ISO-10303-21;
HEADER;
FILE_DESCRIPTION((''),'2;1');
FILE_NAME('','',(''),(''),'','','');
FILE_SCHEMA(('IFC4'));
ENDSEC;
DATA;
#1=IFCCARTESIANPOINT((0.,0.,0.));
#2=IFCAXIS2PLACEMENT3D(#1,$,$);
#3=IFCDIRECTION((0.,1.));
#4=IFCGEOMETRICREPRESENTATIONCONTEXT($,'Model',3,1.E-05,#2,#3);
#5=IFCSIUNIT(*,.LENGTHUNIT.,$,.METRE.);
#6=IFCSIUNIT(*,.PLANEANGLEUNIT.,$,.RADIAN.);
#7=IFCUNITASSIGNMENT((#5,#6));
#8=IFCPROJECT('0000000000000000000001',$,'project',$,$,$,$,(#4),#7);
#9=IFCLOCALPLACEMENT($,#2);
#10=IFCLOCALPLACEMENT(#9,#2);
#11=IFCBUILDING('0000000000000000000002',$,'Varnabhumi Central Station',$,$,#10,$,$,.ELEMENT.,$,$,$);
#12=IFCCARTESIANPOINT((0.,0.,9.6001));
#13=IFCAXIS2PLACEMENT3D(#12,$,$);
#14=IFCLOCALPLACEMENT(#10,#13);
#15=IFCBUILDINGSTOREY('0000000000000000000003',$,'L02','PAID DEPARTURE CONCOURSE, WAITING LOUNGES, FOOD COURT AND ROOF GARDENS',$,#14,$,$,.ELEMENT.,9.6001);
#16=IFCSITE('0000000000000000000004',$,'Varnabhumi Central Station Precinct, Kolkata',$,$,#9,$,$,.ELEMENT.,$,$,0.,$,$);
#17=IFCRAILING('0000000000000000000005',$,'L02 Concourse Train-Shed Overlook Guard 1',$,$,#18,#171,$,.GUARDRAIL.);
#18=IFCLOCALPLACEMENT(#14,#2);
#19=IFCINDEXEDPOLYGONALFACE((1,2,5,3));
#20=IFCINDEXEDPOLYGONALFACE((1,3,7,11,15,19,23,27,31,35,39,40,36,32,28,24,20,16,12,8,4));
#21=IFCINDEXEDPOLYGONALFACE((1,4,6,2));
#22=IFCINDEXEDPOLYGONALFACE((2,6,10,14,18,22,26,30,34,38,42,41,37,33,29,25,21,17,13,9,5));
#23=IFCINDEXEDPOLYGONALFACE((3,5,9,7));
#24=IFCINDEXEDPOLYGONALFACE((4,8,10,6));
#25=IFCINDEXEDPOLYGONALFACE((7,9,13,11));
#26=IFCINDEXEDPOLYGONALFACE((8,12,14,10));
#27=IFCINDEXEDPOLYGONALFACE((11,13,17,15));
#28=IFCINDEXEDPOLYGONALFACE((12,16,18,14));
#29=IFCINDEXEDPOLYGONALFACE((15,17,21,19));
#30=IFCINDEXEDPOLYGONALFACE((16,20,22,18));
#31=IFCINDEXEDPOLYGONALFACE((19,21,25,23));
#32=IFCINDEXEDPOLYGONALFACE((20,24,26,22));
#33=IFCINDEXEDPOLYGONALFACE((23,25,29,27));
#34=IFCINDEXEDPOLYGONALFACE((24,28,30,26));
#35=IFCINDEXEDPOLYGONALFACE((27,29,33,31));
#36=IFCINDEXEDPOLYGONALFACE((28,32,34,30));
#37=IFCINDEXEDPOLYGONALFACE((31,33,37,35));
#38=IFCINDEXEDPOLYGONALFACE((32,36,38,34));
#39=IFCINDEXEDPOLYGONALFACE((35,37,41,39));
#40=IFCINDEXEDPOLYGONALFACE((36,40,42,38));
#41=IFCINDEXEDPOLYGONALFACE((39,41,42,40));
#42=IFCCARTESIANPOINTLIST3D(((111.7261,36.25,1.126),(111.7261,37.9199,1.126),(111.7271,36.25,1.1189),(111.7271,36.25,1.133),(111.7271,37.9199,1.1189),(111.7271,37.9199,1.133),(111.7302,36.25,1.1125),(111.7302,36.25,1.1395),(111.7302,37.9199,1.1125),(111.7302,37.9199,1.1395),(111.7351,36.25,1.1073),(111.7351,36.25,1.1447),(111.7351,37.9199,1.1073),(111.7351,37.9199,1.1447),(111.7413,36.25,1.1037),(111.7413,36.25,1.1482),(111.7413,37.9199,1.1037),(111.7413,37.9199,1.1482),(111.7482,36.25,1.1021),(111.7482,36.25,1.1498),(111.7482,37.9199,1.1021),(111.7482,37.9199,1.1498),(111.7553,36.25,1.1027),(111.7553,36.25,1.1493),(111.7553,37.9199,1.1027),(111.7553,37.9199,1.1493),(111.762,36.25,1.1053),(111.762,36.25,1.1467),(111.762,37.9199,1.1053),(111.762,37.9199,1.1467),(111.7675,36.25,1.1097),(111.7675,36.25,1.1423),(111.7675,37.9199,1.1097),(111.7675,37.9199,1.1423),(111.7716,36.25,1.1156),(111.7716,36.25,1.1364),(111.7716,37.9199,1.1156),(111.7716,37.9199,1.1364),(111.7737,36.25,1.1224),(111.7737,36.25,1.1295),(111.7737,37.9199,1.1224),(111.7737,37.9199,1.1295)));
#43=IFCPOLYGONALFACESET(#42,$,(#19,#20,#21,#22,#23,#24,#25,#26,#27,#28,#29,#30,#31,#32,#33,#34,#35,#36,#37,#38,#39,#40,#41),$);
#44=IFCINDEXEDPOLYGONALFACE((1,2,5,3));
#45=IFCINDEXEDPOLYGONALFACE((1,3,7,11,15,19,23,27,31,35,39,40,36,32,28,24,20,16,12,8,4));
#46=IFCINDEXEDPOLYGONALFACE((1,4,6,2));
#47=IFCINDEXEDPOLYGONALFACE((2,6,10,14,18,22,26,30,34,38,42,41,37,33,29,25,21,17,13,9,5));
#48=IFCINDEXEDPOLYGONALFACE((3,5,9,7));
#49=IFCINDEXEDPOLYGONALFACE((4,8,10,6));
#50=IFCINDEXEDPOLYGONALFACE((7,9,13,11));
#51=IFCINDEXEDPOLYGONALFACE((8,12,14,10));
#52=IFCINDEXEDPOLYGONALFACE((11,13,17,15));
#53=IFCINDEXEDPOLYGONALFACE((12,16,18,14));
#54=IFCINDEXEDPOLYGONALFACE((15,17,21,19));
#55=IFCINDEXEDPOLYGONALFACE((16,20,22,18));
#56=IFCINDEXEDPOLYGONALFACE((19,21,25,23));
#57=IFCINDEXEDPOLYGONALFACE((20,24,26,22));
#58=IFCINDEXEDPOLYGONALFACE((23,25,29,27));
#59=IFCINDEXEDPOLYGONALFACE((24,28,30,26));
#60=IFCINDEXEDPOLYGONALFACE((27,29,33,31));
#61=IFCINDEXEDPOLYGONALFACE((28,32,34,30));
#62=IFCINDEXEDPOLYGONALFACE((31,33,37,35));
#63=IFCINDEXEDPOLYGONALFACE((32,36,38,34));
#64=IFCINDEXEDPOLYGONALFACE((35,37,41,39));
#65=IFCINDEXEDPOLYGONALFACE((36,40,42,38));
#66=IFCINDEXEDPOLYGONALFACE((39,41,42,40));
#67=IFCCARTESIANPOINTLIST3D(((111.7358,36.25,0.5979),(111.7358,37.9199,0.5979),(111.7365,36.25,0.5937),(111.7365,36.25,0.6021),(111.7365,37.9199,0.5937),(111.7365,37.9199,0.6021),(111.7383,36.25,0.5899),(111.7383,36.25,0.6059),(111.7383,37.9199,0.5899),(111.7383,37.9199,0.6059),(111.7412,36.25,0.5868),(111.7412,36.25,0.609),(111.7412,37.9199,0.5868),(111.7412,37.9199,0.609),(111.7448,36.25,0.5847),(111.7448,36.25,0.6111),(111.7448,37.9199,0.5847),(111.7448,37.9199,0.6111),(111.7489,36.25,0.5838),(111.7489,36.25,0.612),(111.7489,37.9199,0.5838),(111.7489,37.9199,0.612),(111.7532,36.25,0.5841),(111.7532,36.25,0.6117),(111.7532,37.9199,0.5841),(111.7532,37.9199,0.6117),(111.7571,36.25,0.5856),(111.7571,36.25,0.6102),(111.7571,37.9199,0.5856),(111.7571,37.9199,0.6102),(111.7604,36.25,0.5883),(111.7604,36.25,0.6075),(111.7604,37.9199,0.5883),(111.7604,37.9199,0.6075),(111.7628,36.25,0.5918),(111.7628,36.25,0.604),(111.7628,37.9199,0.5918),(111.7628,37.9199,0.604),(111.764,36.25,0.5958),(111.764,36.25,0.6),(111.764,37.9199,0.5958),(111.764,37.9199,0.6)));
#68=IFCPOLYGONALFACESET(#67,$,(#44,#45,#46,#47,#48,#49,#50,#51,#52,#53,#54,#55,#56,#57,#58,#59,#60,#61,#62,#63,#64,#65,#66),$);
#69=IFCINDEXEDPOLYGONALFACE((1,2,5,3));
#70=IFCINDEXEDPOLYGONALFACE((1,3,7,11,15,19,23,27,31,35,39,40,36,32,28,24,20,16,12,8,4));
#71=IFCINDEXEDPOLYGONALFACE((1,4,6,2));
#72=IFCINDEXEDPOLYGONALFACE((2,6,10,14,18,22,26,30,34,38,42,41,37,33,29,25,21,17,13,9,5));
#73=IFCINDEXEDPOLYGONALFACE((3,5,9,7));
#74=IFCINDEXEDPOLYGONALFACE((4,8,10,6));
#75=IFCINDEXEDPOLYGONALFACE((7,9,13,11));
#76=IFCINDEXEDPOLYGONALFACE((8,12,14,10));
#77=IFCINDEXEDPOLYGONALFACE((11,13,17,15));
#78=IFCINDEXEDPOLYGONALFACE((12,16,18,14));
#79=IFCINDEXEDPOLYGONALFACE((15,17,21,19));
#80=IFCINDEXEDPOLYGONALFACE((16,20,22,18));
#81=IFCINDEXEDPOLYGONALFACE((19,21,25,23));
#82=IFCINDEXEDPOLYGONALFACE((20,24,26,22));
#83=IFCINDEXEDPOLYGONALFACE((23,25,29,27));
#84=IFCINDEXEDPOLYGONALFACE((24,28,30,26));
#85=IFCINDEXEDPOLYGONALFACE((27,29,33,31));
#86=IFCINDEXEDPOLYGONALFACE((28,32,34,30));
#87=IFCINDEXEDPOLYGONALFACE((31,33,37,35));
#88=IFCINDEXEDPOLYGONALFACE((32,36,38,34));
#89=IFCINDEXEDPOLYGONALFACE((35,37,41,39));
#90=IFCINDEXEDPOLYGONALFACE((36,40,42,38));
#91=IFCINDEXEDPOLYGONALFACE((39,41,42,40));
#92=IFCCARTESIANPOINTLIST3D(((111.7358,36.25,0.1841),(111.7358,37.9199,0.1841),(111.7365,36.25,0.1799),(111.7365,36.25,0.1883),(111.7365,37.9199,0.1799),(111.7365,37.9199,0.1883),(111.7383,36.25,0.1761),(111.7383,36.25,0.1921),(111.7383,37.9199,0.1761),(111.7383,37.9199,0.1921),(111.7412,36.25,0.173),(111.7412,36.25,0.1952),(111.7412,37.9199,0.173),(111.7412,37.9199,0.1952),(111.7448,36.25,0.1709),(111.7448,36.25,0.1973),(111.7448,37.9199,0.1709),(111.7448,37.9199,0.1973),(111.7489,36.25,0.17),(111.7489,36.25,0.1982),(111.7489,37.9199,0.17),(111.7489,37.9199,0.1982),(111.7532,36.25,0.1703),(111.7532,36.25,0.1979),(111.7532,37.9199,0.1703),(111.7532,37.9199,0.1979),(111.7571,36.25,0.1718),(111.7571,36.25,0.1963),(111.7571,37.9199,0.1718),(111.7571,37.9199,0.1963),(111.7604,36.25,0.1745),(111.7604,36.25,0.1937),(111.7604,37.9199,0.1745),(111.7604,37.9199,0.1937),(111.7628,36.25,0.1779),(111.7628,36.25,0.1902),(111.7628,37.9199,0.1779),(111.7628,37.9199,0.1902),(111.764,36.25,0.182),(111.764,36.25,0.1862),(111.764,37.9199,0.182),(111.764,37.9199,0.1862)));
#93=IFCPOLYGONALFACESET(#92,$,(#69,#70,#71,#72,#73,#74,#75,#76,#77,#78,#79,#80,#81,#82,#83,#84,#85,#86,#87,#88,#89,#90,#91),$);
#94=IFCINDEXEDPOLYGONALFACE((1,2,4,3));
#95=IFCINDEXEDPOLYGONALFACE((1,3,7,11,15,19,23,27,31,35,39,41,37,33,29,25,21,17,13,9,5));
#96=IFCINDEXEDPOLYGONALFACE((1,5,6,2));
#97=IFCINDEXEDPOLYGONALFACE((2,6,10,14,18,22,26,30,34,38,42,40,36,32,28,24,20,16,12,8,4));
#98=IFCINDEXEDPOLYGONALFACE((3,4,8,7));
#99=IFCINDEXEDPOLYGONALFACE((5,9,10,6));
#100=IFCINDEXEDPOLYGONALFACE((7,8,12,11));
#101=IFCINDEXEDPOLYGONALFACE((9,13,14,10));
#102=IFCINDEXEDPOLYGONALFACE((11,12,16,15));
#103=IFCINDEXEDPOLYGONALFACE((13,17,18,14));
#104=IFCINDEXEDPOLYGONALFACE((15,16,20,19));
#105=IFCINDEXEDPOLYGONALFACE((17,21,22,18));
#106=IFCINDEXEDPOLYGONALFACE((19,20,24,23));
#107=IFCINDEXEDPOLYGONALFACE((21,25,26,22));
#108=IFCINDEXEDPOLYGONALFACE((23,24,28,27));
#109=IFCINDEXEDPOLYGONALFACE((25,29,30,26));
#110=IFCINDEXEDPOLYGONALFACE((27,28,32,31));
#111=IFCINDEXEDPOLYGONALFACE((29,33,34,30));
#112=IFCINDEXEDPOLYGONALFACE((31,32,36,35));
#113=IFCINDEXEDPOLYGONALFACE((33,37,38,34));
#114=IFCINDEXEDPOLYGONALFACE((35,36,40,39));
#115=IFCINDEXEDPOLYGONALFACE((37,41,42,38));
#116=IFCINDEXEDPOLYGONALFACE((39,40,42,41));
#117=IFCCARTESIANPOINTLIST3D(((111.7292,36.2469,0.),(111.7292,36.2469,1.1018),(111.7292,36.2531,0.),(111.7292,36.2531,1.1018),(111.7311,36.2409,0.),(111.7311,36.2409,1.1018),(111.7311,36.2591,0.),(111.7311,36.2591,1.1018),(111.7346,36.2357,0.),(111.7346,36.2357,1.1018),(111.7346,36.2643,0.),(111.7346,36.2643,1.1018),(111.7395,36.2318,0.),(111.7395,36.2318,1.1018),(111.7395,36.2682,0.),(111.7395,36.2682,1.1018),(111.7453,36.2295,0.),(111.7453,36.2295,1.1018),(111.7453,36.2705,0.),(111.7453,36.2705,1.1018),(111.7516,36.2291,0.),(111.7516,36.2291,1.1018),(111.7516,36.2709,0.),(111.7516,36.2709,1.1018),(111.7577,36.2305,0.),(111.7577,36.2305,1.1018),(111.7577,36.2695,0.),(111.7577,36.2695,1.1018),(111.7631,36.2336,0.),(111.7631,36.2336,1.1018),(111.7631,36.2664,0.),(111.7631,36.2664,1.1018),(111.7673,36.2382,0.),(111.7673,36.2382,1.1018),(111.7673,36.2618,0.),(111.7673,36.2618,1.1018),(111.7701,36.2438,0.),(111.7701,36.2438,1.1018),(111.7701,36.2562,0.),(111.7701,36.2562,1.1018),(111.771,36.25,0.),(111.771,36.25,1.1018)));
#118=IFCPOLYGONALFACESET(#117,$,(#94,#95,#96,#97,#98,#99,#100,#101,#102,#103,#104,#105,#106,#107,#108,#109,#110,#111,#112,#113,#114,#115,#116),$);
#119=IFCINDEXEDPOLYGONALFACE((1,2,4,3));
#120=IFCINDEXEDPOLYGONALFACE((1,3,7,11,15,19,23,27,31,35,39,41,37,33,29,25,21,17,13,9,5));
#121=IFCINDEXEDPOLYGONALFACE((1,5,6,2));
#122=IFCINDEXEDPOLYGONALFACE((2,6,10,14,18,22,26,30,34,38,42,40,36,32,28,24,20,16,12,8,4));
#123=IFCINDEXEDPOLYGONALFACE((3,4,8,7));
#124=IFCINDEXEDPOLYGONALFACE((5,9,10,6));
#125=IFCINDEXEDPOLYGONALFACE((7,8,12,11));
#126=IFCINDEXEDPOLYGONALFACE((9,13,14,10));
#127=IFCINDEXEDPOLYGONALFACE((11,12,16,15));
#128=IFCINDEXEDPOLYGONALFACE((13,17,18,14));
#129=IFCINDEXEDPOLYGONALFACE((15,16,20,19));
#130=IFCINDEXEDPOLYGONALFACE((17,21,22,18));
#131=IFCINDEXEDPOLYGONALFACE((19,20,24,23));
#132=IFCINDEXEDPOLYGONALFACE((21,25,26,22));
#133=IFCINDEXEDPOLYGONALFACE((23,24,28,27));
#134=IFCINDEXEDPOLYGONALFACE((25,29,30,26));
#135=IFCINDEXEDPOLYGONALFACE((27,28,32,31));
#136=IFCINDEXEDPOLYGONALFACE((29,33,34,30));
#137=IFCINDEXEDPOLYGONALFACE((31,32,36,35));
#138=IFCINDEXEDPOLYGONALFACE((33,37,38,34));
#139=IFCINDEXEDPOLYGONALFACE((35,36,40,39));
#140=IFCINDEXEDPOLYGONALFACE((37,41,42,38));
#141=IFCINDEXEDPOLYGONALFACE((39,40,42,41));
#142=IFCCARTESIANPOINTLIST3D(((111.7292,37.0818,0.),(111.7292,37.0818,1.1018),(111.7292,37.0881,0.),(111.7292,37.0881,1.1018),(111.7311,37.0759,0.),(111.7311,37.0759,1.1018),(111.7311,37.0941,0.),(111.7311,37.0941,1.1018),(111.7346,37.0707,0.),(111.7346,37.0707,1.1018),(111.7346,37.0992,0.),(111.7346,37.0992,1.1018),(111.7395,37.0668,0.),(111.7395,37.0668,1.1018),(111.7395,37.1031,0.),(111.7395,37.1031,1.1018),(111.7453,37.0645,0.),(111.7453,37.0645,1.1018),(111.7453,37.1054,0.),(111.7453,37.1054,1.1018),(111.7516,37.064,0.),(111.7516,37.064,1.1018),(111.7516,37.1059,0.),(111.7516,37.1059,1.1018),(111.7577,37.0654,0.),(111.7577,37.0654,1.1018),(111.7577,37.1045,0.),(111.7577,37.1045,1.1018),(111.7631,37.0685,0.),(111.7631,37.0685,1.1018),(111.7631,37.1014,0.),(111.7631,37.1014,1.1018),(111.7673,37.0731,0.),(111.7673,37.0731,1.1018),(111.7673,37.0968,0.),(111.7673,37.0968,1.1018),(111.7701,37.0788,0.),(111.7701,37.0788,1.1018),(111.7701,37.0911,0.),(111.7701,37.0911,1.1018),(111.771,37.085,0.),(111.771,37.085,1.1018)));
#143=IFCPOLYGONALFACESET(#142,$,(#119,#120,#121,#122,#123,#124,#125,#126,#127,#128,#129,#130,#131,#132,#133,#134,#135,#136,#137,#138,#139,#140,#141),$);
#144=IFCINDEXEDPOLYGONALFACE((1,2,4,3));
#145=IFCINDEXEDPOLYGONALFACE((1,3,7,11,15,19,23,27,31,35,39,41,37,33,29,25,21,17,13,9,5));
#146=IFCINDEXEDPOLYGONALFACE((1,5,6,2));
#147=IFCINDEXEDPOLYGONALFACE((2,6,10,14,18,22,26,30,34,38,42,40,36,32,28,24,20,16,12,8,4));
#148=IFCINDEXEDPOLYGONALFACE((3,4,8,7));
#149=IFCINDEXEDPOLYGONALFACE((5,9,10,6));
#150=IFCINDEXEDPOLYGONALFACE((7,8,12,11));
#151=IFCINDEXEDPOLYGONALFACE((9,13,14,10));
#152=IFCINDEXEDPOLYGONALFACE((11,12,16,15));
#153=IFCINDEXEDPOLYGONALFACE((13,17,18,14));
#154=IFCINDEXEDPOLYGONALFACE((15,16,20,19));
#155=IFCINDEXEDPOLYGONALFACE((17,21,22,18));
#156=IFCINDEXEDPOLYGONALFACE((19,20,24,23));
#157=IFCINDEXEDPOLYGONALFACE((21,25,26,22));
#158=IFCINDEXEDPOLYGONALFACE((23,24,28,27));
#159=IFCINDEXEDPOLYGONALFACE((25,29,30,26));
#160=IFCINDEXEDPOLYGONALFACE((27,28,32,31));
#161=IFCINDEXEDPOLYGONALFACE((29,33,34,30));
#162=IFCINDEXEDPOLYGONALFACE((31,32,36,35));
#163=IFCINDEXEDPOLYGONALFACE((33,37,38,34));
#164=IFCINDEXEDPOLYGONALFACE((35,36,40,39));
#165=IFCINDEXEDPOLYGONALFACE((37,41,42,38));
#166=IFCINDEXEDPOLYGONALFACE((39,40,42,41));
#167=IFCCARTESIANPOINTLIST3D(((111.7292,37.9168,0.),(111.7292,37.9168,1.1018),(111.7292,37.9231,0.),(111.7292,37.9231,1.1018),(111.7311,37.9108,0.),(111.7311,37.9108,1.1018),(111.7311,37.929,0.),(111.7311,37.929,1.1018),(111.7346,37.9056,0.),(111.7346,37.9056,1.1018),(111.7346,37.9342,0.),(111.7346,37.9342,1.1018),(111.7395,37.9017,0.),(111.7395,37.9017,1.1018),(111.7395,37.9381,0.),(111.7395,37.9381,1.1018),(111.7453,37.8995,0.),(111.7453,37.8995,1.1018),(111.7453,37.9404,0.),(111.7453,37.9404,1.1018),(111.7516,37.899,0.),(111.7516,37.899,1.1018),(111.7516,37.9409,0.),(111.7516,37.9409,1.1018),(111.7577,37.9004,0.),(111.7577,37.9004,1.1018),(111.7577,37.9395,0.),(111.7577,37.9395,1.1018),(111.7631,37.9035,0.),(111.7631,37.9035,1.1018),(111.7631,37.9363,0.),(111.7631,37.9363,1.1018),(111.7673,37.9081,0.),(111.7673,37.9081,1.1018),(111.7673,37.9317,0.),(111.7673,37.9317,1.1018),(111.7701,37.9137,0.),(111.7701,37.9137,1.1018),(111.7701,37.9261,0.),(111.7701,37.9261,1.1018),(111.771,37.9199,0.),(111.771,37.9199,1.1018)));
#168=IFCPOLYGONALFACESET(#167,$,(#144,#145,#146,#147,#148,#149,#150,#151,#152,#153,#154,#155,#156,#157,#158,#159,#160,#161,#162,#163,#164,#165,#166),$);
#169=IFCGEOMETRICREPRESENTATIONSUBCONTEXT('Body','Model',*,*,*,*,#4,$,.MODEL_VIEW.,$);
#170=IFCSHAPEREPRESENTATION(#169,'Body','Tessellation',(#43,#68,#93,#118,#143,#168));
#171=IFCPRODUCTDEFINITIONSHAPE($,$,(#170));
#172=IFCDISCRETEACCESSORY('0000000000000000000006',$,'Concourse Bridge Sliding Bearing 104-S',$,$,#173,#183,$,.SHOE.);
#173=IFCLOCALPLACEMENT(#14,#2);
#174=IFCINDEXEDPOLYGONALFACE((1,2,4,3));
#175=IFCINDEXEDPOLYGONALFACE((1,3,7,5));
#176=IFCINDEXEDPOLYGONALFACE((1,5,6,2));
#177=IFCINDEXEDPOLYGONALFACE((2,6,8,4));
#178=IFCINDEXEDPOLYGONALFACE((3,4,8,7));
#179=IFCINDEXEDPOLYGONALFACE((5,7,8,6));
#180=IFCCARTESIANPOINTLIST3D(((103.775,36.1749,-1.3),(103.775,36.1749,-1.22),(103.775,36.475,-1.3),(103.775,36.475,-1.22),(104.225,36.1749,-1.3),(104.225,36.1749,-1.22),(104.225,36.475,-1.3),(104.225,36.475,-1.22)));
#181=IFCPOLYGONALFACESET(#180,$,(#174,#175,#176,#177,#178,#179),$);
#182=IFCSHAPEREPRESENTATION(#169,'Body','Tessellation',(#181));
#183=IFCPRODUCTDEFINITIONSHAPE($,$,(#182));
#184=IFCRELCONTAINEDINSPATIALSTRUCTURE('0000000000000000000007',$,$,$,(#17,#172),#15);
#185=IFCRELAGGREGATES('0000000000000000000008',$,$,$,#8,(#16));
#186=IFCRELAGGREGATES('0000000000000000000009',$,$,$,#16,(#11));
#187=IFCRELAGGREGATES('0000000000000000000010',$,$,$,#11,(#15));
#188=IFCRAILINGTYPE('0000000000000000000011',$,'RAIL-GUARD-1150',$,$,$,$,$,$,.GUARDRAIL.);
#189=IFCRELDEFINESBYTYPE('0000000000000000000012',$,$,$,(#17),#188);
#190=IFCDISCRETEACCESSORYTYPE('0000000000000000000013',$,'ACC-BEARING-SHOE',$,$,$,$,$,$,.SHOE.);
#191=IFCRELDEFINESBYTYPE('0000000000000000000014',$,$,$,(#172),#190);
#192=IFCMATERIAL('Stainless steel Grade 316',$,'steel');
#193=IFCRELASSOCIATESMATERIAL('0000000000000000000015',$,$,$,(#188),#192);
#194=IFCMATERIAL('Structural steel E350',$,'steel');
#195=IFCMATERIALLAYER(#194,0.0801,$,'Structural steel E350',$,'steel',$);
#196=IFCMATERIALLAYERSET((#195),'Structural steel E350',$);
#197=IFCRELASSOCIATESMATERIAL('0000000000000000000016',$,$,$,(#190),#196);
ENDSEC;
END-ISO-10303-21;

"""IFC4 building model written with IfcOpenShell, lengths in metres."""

from ifc_helpers import new_model, si_unit, direction, frame, origin, origin_2d, place, context, subcontext, project, spatial, rectangle, circle, extrude, material, layer, layer_set, type_object, element, save


model = new_model("IFC4")

# Units and contexts
model_context = context("Model", 3, precision=1e-05, world=origin(), true_north=direction((0.0, 1.0)))
body_context = subcontext(model_context, "Body", "Model", "MODEL_VIEW")
ifc_project = project(units=[si_unit("LENGTHUNIT", "METRE"), si_unit("PLANEANGLEUNIT", "RADIAN")], contexts=[model_context])

# Site, building, storey
site_placement = place(None, origin())
site = spatial("IfcSite", under=ifc_project, at=site_placement, Name="Varnabhumi Central Station Precinct, Kolkata", CompositionType="ELEMENT", RefElevation=0.0)
building_placement = place(site_placement, origin())
building = spatial("IfcBuilding", under=site, at=building_placement, Name="Varnabhumi Central Station", CompositionType="ELEMENT")
storey_placement = place(building_placement, frame((0.0, 0.0, 9.6001)))
storey = spatial("IfcBuildingStorey", under=building, at=storey_placement, Name="L02", Description="PAID DEPARTURE CONCOURSE, WAITING LOUNGES, FOOD COURT AND ROOF GARDENS", CompositionType="ELEMENT", Elevation=9.6001)

# Shared definitions
ifc_material_1 = material(Name="Structural steel E350", Category="steel")

# Railing
ifc_material_2 = material(Name="Stainless steel Grade 316", Category="steel")
railing_type = type_object("IfcRailingType", Name="RAIL-GUARD-1150", PredefinedType="GUARDRAIL", material=ifc_material_2)
railing_1_placement = place(storey_placement, frame((111.75, 36.25, 0.0)))
element("IfcRailing", 1, at=railing_1_placement, inside=storey, type_object=railing_type, Name="L02 Concourse Train-Shed Overlook Guard 1", PredefinedType="GUARDRAIL", context=body_context, shape_type="SweptSolid", body=[
    extrude(circle(Radius=0.0239, at=origin_2d()), frame((0.0, 0.0, 1.126), z_axis=(0.0, 1.0, 0.0), x_axis=(-1.0, 0.0, 0.0)), (0.0, 0.0, 1.0), 1.6699),
    extrude(circle(Radius=0.0142, at=origin_2d()), frame((0.0, 0.0, 0.5979), z_axis=(0.0, 1.0, 0.0), x_axis=(-1.0, 0.0, 0.0)), (0.0, 0.0, 1.0), 1.6699),
    extrude(circle(Radius=0.0142, at=origin_2d()), frame((0.0, 0.0, 0.1841), z_axis=(0.0, 1.0, 0.0), x_axis=(-1.0, 0.0, 0.0)), (0.0, 0.0, 1.0), 1.6699),
    extrude(circle(Radius=0.021, at=origin_2d()), origin(), (0.0, 0.0, 1.0), 1.1018),
    extrude(circle(Radius=0.021, at=origin_2d()), frame((0.0, 0.835, 0.0)), (0.0, 0.0, 1.0), 1.1018),
    extrude(circle(Radius=0.021, at=origin_2d()), frame((0.0, 1.6699, 0.0)), (0.0, 0.0, 1.0), 1.1018),
])

# Discrete accessory
ifc_layer_1 = layer(ifc_material_1, 0.0801, Name="Structural steel E350", Category="steel")
ifc_layer_set_1 = layer_set([ifc_layer_1], Name="Structural steel E350")
discrete_accessory_type = type_object("IfcDiscreteAccessoryType", Name="ACC-BEARING-SHOE", PredefinedType="SHOE", material=ifc_layer_set_1)
discrete_accessory_placement = place(storey_placement, frame((104.0, 36.325, -1.3), z_axis=(0.0, 0.0, 1.0), x_axis=(1.0, 0.0, 0.0)))
element("IfcDiscreteAccessory", 2, at=discrete_accessory_placement, inside=storey, type_object=discrete_accessory_type, Name="Concourse Bridge Sliding Bearing 104-S", PredefinedType="SHOE", context=body_context, shape_type="SweptSolid", body=[
    extrude(rectangle(XDim=0.45, YDim=0.3, at=origin_2d()), origin(), (0.0, 0.0, 1.0), 0.0801),
])

save(model, "model.ifc")
